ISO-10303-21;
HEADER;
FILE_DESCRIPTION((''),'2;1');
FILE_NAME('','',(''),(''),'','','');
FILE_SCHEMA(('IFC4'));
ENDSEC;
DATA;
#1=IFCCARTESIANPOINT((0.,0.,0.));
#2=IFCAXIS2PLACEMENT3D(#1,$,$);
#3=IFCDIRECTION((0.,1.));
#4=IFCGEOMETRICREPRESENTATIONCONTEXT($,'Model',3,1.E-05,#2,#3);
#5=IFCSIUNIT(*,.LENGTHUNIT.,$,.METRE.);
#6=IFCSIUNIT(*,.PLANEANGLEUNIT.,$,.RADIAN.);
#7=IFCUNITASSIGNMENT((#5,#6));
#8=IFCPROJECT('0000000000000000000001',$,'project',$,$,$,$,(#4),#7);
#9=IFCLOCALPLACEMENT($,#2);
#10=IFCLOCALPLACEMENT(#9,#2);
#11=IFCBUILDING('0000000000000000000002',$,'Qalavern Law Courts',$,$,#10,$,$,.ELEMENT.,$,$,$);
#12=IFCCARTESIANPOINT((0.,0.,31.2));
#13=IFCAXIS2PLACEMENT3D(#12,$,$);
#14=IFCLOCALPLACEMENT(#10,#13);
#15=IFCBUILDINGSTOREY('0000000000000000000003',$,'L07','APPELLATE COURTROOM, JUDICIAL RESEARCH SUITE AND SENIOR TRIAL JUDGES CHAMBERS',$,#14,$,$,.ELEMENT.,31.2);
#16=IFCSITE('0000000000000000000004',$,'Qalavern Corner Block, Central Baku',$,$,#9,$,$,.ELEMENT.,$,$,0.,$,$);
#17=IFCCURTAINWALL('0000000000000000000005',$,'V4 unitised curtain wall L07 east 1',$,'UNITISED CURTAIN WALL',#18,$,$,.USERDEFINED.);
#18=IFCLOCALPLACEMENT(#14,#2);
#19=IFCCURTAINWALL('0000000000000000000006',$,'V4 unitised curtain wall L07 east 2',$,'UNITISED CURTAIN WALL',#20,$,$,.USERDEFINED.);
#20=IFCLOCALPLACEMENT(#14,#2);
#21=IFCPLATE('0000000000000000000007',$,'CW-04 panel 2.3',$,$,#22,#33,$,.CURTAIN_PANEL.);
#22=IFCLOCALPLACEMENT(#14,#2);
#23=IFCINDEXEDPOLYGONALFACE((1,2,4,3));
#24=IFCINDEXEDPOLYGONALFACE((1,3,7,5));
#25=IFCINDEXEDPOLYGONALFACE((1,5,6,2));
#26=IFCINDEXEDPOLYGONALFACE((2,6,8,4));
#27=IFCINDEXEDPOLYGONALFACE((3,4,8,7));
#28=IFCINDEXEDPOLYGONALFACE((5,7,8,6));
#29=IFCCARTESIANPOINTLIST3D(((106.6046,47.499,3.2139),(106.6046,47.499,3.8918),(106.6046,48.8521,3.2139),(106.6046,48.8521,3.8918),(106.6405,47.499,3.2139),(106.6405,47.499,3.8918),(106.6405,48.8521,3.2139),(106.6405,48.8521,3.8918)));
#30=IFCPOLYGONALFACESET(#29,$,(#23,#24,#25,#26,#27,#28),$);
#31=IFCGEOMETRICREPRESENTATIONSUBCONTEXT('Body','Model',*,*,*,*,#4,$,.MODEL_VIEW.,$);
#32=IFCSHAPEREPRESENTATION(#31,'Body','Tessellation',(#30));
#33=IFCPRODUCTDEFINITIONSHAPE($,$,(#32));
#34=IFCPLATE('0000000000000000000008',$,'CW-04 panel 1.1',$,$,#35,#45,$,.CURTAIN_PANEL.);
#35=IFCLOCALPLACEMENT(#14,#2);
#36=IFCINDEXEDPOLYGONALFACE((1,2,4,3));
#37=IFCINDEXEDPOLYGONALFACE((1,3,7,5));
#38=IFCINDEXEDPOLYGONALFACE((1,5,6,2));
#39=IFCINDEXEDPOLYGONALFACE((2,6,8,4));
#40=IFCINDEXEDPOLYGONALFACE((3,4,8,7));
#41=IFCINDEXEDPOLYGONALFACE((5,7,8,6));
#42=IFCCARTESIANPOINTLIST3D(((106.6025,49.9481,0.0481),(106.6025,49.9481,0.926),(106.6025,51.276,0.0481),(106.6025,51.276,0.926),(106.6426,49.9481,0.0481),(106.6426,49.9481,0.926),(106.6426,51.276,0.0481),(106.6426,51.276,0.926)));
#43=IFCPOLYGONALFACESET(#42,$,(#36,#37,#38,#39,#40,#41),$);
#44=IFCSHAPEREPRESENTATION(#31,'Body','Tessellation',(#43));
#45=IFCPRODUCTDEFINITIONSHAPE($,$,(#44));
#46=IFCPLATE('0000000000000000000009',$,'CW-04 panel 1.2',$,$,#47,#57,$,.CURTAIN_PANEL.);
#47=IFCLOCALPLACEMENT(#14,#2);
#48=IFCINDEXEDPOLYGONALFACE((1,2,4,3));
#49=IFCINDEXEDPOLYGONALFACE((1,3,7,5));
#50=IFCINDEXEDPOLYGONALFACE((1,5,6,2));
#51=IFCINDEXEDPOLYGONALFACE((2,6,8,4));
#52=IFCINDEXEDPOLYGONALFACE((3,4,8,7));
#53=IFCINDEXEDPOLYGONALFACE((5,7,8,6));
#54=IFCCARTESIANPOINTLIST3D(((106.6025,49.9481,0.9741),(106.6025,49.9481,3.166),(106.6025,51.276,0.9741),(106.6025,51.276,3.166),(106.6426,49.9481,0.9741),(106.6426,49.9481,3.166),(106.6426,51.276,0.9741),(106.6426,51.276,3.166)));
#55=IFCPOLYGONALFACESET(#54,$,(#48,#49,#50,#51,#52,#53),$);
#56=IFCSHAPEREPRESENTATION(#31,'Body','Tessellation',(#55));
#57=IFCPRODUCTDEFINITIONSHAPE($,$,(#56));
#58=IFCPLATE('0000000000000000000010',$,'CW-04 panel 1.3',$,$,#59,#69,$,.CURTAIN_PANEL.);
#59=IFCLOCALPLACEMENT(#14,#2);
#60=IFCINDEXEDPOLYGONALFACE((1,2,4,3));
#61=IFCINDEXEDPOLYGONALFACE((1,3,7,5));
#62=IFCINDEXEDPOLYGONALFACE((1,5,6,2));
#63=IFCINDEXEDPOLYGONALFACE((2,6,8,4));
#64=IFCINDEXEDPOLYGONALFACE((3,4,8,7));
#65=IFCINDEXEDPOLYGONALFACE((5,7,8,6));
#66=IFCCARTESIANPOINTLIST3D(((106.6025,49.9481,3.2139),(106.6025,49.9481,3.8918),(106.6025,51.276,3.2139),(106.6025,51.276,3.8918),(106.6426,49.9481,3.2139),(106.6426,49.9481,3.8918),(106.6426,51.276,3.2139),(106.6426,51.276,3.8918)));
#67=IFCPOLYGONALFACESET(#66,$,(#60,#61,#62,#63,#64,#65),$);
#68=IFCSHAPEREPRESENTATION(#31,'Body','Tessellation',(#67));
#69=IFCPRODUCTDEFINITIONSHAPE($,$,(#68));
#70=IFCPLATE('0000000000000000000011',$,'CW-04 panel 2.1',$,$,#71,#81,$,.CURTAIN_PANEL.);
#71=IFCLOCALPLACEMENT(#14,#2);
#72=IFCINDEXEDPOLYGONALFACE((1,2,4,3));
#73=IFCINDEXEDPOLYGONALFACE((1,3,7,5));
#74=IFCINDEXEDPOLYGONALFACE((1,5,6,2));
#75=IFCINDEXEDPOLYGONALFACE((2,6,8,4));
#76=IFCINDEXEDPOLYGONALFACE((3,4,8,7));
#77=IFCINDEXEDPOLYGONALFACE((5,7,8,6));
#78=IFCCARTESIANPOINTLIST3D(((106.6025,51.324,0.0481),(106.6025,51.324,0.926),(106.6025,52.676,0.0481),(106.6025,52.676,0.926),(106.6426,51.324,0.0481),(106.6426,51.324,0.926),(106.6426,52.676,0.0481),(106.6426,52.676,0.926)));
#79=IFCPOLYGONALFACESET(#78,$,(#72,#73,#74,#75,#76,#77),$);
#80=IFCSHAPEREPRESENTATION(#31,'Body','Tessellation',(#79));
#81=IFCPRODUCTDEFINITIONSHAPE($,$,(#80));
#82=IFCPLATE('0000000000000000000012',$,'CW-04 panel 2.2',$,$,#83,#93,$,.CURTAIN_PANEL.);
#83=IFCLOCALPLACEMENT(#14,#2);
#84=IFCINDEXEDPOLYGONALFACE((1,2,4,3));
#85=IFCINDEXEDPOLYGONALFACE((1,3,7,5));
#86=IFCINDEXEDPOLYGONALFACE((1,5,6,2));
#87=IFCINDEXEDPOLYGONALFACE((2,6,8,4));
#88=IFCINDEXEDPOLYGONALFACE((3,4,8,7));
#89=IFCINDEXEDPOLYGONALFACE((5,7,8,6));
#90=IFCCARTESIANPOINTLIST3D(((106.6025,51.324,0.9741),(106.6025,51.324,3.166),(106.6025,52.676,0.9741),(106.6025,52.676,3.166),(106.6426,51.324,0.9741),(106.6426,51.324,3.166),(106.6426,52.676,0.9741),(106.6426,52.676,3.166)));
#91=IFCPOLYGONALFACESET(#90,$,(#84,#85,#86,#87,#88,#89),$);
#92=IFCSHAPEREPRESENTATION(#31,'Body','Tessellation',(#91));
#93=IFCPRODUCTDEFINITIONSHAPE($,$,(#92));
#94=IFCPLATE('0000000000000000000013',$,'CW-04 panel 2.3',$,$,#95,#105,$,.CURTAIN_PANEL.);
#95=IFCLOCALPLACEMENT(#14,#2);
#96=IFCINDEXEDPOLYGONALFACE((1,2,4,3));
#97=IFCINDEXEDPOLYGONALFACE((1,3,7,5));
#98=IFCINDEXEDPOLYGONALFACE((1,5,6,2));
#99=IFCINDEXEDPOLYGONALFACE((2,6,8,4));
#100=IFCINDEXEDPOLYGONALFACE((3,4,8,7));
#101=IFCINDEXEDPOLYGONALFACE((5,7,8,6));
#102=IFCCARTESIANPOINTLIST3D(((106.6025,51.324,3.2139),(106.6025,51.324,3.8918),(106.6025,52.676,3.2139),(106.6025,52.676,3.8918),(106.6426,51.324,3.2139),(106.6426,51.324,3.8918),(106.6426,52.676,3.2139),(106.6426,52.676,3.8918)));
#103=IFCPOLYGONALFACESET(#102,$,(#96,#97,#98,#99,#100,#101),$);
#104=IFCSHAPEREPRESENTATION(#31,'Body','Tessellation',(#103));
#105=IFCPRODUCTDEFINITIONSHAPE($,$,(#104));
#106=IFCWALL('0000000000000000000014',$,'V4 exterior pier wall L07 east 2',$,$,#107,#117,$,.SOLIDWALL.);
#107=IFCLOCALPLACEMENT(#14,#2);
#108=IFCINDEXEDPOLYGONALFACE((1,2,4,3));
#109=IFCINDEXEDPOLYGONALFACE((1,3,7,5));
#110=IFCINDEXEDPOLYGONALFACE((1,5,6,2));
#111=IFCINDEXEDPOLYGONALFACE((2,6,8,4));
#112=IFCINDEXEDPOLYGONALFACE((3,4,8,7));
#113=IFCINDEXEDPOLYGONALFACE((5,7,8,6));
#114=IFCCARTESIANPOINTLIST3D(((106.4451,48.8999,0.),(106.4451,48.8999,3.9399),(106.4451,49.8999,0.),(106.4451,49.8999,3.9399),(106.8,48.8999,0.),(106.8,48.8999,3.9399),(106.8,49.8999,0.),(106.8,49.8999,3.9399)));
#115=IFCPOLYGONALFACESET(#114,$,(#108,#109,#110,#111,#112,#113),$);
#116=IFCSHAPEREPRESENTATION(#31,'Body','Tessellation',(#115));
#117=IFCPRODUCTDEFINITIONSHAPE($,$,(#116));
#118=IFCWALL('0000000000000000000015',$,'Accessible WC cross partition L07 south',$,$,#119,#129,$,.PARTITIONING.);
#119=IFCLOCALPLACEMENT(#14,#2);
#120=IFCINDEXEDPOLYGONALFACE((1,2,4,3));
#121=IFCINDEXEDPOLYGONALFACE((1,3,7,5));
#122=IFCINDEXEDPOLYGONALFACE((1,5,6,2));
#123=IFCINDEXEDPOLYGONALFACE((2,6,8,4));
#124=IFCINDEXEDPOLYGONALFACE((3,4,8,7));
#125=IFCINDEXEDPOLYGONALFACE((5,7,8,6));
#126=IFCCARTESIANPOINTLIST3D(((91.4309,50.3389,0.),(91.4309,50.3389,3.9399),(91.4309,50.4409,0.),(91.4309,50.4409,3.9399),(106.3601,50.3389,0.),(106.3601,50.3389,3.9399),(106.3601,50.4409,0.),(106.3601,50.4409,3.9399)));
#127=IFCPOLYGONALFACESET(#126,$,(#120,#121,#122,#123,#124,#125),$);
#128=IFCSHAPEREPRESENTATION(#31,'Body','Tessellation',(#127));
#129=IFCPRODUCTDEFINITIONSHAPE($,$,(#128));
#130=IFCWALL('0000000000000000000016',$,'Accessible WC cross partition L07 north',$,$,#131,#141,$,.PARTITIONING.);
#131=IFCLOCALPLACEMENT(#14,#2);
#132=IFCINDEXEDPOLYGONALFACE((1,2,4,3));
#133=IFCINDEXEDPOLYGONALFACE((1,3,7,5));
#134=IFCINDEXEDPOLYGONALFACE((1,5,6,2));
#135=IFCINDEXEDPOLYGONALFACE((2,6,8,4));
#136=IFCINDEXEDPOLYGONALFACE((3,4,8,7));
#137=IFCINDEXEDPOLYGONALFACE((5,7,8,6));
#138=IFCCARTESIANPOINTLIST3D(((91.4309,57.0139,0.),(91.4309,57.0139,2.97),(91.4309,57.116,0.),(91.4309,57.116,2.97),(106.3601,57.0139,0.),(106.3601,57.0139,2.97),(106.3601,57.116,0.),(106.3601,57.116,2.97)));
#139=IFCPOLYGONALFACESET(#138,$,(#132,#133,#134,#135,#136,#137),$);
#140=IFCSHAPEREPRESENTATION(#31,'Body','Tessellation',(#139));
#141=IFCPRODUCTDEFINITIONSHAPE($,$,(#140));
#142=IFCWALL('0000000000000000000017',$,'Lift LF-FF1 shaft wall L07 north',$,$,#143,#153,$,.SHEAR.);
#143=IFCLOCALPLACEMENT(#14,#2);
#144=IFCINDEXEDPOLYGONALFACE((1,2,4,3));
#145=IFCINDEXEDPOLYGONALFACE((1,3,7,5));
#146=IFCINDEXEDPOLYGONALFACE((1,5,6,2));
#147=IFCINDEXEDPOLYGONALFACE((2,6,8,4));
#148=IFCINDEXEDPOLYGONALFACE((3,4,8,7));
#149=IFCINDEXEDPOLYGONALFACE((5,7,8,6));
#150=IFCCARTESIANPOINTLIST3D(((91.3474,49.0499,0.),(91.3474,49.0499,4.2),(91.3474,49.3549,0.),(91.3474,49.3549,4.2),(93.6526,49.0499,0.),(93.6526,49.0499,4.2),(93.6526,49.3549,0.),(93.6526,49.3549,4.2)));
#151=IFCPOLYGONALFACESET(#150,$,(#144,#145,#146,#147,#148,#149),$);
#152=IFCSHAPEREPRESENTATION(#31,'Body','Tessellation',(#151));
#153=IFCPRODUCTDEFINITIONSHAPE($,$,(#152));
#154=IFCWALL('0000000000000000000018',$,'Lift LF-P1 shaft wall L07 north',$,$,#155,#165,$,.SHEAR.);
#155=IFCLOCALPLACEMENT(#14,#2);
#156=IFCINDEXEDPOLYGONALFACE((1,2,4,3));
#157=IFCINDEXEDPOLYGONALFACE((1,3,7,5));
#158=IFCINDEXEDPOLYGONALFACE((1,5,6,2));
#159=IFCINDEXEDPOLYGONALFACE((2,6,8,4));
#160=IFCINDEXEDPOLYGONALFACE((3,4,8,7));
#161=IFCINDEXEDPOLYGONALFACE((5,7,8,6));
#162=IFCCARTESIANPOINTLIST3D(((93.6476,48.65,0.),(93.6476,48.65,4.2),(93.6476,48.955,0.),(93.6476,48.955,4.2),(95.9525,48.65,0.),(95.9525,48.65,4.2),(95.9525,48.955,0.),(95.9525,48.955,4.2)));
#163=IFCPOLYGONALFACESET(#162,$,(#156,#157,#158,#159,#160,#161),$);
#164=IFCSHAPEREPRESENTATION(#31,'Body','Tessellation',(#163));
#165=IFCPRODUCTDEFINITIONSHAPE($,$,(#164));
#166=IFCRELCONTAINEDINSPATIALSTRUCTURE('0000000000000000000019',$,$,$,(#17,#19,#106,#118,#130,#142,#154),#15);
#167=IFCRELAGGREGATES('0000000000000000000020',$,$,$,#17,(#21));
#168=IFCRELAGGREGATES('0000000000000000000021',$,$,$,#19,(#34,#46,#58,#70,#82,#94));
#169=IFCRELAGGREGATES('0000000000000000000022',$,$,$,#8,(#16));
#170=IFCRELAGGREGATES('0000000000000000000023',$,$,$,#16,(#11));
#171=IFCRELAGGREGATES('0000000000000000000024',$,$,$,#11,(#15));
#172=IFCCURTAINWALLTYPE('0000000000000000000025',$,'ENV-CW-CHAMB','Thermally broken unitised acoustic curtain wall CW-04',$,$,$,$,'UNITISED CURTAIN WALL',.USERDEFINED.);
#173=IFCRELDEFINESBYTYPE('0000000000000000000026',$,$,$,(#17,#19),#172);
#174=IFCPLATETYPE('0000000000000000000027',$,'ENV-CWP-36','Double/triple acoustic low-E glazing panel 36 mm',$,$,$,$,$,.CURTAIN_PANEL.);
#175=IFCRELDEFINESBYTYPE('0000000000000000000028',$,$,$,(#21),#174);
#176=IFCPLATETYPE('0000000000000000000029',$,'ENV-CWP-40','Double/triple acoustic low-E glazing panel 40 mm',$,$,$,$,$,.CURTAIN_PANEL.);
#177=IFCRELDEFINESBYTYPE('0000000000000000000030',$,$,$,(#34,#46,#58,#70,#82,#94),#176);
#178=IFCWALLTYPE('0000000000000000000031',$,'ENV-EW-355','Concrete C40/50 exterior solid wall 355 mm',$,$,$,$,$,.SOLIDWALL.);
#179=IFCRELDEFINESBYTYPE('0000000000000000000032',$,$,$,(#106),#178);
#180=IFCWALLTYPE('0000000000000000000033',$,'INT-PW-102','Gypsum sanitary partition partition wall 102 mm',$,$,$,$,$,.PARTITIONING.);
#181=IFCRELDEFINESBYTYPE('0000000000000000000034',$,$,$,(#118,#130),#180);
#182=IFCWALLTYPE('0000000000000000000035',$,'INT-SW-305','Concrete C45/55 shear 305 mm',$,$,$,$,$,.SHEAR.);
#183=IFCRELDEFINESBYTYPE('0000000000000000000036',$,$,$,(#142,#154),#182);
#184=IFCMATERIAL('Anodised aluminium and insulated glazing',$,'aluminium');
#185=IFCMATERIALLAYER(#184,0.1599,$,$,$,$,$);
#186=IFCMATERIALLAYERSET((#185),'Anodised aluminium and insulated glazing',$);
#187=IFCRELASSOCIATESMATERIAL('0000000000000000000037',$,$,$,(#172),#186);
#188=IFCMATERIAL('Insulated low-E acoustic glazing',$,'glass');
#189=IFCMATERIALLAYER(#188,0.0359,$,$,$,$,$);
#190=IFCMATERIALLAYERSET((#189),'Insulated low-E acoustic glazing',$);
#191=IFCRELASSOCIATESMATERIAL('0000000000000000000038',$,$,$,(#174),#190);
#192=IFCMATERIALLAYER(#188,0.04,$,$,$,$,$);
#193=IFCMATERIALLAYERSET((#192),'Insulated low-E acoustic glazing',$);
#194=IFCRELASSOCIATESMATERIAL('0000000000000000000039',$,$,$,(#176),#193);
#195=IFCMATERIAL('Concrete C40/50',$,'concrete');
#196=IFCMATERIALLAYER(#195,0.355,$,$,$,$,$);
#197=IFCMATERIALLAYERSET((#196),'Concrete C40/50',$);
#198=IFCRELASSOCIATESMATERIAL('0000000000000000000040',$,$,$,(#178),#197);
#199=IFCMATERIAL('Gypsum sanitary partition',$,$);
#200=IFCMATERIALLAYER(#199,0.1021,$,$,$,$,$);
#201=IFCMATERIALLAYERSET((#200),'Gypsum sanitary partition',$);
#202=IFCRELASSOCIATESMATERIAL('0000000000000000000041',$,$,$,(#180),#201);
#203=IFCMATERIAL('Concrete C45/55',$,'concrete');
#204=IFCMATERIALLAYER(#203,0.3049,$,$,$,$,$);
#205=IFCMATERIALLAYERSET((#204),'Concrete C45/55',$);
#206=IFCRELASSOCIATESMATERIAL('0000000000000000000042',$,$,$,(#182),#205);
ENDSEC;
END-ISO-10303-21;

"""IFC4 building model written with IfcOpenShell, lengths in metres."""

from ifc_helpers import new_model, si_unit, direction, frame, frame_2d, origin, origin_2d, place, context, subcontext, project, spatial, rectangle, extrude, material, layer, layer_set, type_object, element, aggregate, save


model = new_model("IFC4")

# Units and contexts
model_context = context("Model", 3, precision=1e-05, world=origin(), true_north=direction((0.0, 1.0)))
body_context = subcontext(model_context, "Body", "Model", "MODEL_VIEW")
ifc_project = project(units=[si_unit("LENGTHUNIT", "METRE"), si_unit("PLANEANGLEUNIT", "RADIAN")], contexts=[model_context])

# Site, building, storey
site_placement = place(None, origin())
site = spatial("IfcSite", under=ifc_project, at=site_placement, Name="Qalavern Corner Block, Central Baku", CompositionType="ELEMENT", RefElevation=0.0)
building_placement = place(site_placement, origin())
building = spatial("IfcBuilding", under=site, at=building_placement, Name="Qalavern Law Courts", CompositionType="ELEMENT")
storey_placement = place(building_placement, frame((0.0, 0.0, 31.2)))
storey = spatial("IfcBuildingStorey", under=building, at=storey_placement, Name="L07", Description="APPELLATE COURTROOM, JUDICIAL RESEARCH SUITE AND SENIOR TRIAL JUDGES CHAMBERS", CompositionType="ELEMENT", Elevation=31.2)

# Shared definitions
ifc_material_1 = material(Name="Concrete C45/55", Category="concrete")

# Curtain walls
ifc_material_2 = material(Name="Anodised aluminium and insulated glazing", Category="aluminium")
ifc_layer_1 = layer(ifc_material_2, 0.1599)
ifc_layer_set_1 = layer_set([ifc_layer_1], Name="Anodised aluminium and insulated glazing")
curtain_wall_type = type_object("IfcCurtainWallType", Name="ENV-CW-CHAMB", Description="Thermally broken unitised acoustic curtain wall CW-04", ElementType="UNITISED CURTAIN WALL", PredefinedType="USERDEFINED", material=ifc_layer_set_1)
curtain_wall_1_placement = place(storey_placement, origin())
curtain_wall_1 = element("IfcCurtainWall", 1, at=curtain_wall_1_placement, inside=storey, type_object=curtain_wall_type, Name="V4 unitised curtain wall L07 east 1", ObjectType="UNITISED CURTAIN WALL", PredefinedType="USERDEFINED")
curtain_wall_2_placement = place(storey_placement, origin())
curtain_wall_2 = element("IfcCurtainWall", 2, at=curtain_wall_2_placement, inside=storey, type_object=curtain_wall_type, Name="V4 unitised curtain wall L07 east 2", ObjectType="UNITISED CURTAIN WALL", PredefinedType="USERDEFINED")

# Shared definitions
ifc_material_3 = material(Name="Concrete C40/50", Category="concrete")

# Plates
ifc_material_4 = material(Name="Insulated low-E acoustic glazing", Category="glass")
ifc_layer_2 = layer(ifc_material_4, 0.0359)
ifc_layer_set_2 = layer_set([ifc_layer_2], Name="Insulated low-E acoustic glazing")
plate_type_1 = type_object("IfcPlateType", Name="ENV-CWP-36", Description="Double/triple acoustic low-E glazing panel 36 mm", PredefinedType="CURTAIN_PANEL", material=ifc_layer_set_2)
plate_1_placement = place(storey_placement, frame((106.6226, 48.1755, 3.2139), z_axis=(0.0, 0.0, 1.0), x_axis=(0.0, 1.0, 0.0)))
plate_1 = element("IfcPlate", 3, at=plate_1_placement, type_object=plate_type_1, Name="CW-04 panel 2.3", PredefinedType="CURTAIN_PANEL", context=body_context, shape_type="SweptSolid", body=[
    extrude(rectangle(XDim=1.353, YDim=0.0359, at=origin_2d()), origin(), (0.0, 0.0, 1.0), 0.678),
])
aggregate(curtain_wall_1, [plate_1])
ifc_layer_3 = layer(ifc_material_4, 0.04)
ifc_layer_set_3 = layer_set([ifc_layer_3], Name="Insulated low-E acoustic glazing")
plate_type_2 = type_object("IfcPlateType", Name="ENV-CWP-40", Description="Double/triple acoustic low-E glazing panel 40 mm", PredefinedType="CURTAIN_PANEL", material=ifc_layer_set_3)
plate_2_placement = place(storey_placement, frame((106.6226, 50.6121, 0.0481), z_axis=(0.0, 0.0, 1.0), x_axis=(0.0, 1.0, 0.0)))
plate_2 = element("IfcPlate", 4, at=plate_2_placement, type_object=plate_type_2, Name="CW-04 panel 1.1", PredefinedType="CURTAIN_PANEL", context=body_context, shape_type="SweptSolid", body=[
    extrude(rectangle(XDim=1.3279, YDim=0.04, at=origin_2d()), origin(), (0.0, 0.0, 1.0), 0.8779),
])
plate_3_placement = place(storey_placement, frame((106.6226, 50.6121, 0.9741), z_axis=(0.0, 0.0, 1.0), x_axis=(0.0, 1.0, 0.0)))
plate_3 = element("IfcPlate", 5, at=plate_3_placement, type_object=plate_type_2, Name="CW-04 panel 1.2", PredefinedType="CURTAIN_PANEL", context=body_context, shape_type="SweptSolid", body=[
    extrude(rectangle(XDim=1.3279, YDim=0.04, at=origin_2d()), origin(), (0.0, 0.0, 1.0), 2.1919),
])
plate_4_placement = place(storey_placement, frame((106.6226, 50.6121, 3.2139), z_axis=(0.0, 0.0, 1.0), x_axis=(0.0, 1.0, 0.0)))
plate_4 = element("IfcPlate", 6, at=plate_4_placement, type_object=plate_type_2, Name="CW-04 panel 1.3", PredefinedType="CURTAIN_PANEL", context=body_context, shape_type="SweptSolid", body=[
    extrude(rectangle(XDim=1.3279, YDim=0.04, at=origin_2d()), origin(), (0.0, 0.0, 1.0), 0.678),
])
plate_5_placement = place(storey_placement, frame((106.6226, 52.0, 0.0481), z_axis=(0.0, 0.0, 1.0), x_axis=(0.0, 1.0, 0.0)))
plate_5 = element("IfcPlate", 7, at=plate_5_placement, type_object=plate_type_2, Name="CW-04 panel 2.1", PredefinedType="CURTAIN_PANEL", context=body_context, shape_type="SweptSolid", body=[
    extrude(rectangle(XDim=1.3521, YDim=0.04, at=origin_2d()), origin(), (0.0, 0.0, 1.0), 0.8779),
])
plate_6_placement = place(storey_placement, frame((106.6226, 52.0, 0.9741), z_axis=(0.0, 0.0, 1.0), x_axis=(0.0, 1.0, 0.0)))
plate_6 = element("IfcPlate", 8, at=plate_6_placement, type_object=plate_type_2, Name="CW-04 panel 2.2", PredefinedType="CURTAIN_PANEL", context=body_context, shape_type="SweptSolid", body=[
    extrude(rectangle(XDim=1.3521, YDim=0.04, at=origin_2d()), origin(), (0.0, 0.0, 1.0), 2.1919),
])
plate_7_placement = place(storey_placement, frame((106.6226, 52.0, 3.2139), z_axis=(0.0, 0.0, 1.0), x_axis=(0.0, 1.0, 0.0)))
plate_7 = element("IfcPlate", 9, at=plate_7_placement, type_object=plate_type_2, Name="CW-04 panel 2.3", PredefinedType="CURTAIN_PANEL", context=body_context, shape_type="SweptSolid", body=[
    extrude(rectangle(XDim=1.3521, YDim=0.04, at=origin_2d()), origin(), (0.0, 0.0, 1.0), 0.678),
])
aggregate(curtain_wall_2, [plate_2, plate_3, plate_4, plate_5, plate_6, plate_7])

# Walls
ifc_layer_4 = layer(ifc_material_3, 0.355)
ifc_layer_set_4 = layer_set([ifc_layer_4], Name="Concrete C40/50")
wall_type_1 = type_object("IfcWallType", Name="ENV-EW-355", Description="Concrete C40/50 exterior solid wall 355 mm", PredefinedType="SOLIDWALL", material=ifc_layer_set_4)
wall_1_placement = place(storey_placement, frame((106.6226, 48.8999, 0.0), z_axis=(0.0, 0.0, 1.0), x_axis=(0.0, 1.0, 0.0)))
element("IfcWall", 10, at=wall_1_placement, inside=storey, type_object=wall_type_1, Name="V4 exterior pier wall L07 east 2", PredefinedType="SOLIDWALL", context=body_context, shape_type="SweptSolid", body=[
    extrude(rectangle(XDim=1.0, YDim=0.355, at=frame_2d((0.5, 0.0))), origin(), (0.0, 0.0, 1.0), 3.9399),
])
ifc_material_5 = material(Name="Gypsum sanitary partition")
ifc_layer_5 = layer(ifc_material_5, 0.1021)
ifc_layer_set_5 = layer_set([ifc_layer_5], Name="Gypsum sanitary partition")
wall_type_2 = type_object("IfcWallType", Name="INT-PW-102", Description="Gypsum sanitary partition partition wall 102 mm", PredefinedType="PARTITIONING", material=ifc_layer_set_5)
wall_2_placement = place(storey_placement, frame((91.4309, 50.3899, 0.0), z_axis=(0.0, 0.0, 1.0), x_axis=(1.0, 0.0, 0.0)))
element("IfcWall", 11, at=wall_2_placement, inside=storey, type_object=wall_type_2, Name="Accessible WC cross partition L07 south", PredefinedType="PARTITIONING", context=body_context, shape_type="SweptSolid", body=[
    extrude(rectangle(XDim=14.9292, YDim=0.1021, at=frame_2d((7.4646, 0.0))), origin(), (0.0, 0.0, 1.0), 3.9399),
])
wall_3_placement = place(storey_placement, frame((91.4309, 57.0649, 0.0), z_axis=(0.0, 0.0, 1.0), x_axis=(1.0, 0.0, 0.0)))
element("IfcWall", 12, at=wall_3_placement, inside=storey, type_object=wall_type_2, Name="Accessible WC cross partition L07 north", PredefinedType="PARTITIONING", context=body_context, shape_type="SweptSolid", body=[
    extrude(rectangle(XDim=14.9292, YDim=0.1021, at=frame_2d((7.4646, 0.0))), origin(), (0.0, 0.0, 1.0), 2.97),
])
ifc_layer_6 = layer(ifc_material_1, 0.3049)
ifc_layer_set_6 = layer_set([ifc_layer_6], Name="Concrete C45/55")
wall_type_3 = type_object("IfcWallType", Name="INT-SW-305", Description="Concrete C45/55 shear 305 mm", PredefinedType="SHEAR", material=ifc_layer_set_6)
wall_4_placement = place(storey_placement, frame((93.6526, 49.2024, 0.0), z_axis=(0.0, 0.0, 1.0), x_axis=(-1.0, 0.0, 0.0)))
element("IfcWall", 13, at=wall_4_placement, inside=storey, type_object=wall_type_3, Name="Lift LF-FF1 shaft wall L07 north", PredefinedType="SHEAR", context=body_context, shape_type="SweptSolid", body=[
    extrude(rectangle(XDim=2.3052, YDim=0.3049, at=frame_2d((1.1526, 0.0))), origin(), (0.0, 0.0, 1.0), 4.2),
])
for number, where, z_axis, x_axis, name in (
    (14, (95.9524, 48.8025, 0.0), (0.0, 0.0, 1.0), (-1.0, 0.0, 0.0), "Lift LF-P1 shaft wall L07 north"),
):
    element("IfcWall", number, at=place(storey_placement, frame(where, z_axis=z_axis, x_axis=x_axis)), inside=storey, type_object=wall_type_3, Name=name, PredefinedType="SHEAR", context=body_context, shape_type="SweptSolid", body=[
        extrude(rectangle(XDim=2.3049, YDim=0.3049, at=frame_2d((1.1523, 0.0))), origin(), (0.0, 0.0, 1.0), 4.2),
    ])

save(model, "model.ifc")
